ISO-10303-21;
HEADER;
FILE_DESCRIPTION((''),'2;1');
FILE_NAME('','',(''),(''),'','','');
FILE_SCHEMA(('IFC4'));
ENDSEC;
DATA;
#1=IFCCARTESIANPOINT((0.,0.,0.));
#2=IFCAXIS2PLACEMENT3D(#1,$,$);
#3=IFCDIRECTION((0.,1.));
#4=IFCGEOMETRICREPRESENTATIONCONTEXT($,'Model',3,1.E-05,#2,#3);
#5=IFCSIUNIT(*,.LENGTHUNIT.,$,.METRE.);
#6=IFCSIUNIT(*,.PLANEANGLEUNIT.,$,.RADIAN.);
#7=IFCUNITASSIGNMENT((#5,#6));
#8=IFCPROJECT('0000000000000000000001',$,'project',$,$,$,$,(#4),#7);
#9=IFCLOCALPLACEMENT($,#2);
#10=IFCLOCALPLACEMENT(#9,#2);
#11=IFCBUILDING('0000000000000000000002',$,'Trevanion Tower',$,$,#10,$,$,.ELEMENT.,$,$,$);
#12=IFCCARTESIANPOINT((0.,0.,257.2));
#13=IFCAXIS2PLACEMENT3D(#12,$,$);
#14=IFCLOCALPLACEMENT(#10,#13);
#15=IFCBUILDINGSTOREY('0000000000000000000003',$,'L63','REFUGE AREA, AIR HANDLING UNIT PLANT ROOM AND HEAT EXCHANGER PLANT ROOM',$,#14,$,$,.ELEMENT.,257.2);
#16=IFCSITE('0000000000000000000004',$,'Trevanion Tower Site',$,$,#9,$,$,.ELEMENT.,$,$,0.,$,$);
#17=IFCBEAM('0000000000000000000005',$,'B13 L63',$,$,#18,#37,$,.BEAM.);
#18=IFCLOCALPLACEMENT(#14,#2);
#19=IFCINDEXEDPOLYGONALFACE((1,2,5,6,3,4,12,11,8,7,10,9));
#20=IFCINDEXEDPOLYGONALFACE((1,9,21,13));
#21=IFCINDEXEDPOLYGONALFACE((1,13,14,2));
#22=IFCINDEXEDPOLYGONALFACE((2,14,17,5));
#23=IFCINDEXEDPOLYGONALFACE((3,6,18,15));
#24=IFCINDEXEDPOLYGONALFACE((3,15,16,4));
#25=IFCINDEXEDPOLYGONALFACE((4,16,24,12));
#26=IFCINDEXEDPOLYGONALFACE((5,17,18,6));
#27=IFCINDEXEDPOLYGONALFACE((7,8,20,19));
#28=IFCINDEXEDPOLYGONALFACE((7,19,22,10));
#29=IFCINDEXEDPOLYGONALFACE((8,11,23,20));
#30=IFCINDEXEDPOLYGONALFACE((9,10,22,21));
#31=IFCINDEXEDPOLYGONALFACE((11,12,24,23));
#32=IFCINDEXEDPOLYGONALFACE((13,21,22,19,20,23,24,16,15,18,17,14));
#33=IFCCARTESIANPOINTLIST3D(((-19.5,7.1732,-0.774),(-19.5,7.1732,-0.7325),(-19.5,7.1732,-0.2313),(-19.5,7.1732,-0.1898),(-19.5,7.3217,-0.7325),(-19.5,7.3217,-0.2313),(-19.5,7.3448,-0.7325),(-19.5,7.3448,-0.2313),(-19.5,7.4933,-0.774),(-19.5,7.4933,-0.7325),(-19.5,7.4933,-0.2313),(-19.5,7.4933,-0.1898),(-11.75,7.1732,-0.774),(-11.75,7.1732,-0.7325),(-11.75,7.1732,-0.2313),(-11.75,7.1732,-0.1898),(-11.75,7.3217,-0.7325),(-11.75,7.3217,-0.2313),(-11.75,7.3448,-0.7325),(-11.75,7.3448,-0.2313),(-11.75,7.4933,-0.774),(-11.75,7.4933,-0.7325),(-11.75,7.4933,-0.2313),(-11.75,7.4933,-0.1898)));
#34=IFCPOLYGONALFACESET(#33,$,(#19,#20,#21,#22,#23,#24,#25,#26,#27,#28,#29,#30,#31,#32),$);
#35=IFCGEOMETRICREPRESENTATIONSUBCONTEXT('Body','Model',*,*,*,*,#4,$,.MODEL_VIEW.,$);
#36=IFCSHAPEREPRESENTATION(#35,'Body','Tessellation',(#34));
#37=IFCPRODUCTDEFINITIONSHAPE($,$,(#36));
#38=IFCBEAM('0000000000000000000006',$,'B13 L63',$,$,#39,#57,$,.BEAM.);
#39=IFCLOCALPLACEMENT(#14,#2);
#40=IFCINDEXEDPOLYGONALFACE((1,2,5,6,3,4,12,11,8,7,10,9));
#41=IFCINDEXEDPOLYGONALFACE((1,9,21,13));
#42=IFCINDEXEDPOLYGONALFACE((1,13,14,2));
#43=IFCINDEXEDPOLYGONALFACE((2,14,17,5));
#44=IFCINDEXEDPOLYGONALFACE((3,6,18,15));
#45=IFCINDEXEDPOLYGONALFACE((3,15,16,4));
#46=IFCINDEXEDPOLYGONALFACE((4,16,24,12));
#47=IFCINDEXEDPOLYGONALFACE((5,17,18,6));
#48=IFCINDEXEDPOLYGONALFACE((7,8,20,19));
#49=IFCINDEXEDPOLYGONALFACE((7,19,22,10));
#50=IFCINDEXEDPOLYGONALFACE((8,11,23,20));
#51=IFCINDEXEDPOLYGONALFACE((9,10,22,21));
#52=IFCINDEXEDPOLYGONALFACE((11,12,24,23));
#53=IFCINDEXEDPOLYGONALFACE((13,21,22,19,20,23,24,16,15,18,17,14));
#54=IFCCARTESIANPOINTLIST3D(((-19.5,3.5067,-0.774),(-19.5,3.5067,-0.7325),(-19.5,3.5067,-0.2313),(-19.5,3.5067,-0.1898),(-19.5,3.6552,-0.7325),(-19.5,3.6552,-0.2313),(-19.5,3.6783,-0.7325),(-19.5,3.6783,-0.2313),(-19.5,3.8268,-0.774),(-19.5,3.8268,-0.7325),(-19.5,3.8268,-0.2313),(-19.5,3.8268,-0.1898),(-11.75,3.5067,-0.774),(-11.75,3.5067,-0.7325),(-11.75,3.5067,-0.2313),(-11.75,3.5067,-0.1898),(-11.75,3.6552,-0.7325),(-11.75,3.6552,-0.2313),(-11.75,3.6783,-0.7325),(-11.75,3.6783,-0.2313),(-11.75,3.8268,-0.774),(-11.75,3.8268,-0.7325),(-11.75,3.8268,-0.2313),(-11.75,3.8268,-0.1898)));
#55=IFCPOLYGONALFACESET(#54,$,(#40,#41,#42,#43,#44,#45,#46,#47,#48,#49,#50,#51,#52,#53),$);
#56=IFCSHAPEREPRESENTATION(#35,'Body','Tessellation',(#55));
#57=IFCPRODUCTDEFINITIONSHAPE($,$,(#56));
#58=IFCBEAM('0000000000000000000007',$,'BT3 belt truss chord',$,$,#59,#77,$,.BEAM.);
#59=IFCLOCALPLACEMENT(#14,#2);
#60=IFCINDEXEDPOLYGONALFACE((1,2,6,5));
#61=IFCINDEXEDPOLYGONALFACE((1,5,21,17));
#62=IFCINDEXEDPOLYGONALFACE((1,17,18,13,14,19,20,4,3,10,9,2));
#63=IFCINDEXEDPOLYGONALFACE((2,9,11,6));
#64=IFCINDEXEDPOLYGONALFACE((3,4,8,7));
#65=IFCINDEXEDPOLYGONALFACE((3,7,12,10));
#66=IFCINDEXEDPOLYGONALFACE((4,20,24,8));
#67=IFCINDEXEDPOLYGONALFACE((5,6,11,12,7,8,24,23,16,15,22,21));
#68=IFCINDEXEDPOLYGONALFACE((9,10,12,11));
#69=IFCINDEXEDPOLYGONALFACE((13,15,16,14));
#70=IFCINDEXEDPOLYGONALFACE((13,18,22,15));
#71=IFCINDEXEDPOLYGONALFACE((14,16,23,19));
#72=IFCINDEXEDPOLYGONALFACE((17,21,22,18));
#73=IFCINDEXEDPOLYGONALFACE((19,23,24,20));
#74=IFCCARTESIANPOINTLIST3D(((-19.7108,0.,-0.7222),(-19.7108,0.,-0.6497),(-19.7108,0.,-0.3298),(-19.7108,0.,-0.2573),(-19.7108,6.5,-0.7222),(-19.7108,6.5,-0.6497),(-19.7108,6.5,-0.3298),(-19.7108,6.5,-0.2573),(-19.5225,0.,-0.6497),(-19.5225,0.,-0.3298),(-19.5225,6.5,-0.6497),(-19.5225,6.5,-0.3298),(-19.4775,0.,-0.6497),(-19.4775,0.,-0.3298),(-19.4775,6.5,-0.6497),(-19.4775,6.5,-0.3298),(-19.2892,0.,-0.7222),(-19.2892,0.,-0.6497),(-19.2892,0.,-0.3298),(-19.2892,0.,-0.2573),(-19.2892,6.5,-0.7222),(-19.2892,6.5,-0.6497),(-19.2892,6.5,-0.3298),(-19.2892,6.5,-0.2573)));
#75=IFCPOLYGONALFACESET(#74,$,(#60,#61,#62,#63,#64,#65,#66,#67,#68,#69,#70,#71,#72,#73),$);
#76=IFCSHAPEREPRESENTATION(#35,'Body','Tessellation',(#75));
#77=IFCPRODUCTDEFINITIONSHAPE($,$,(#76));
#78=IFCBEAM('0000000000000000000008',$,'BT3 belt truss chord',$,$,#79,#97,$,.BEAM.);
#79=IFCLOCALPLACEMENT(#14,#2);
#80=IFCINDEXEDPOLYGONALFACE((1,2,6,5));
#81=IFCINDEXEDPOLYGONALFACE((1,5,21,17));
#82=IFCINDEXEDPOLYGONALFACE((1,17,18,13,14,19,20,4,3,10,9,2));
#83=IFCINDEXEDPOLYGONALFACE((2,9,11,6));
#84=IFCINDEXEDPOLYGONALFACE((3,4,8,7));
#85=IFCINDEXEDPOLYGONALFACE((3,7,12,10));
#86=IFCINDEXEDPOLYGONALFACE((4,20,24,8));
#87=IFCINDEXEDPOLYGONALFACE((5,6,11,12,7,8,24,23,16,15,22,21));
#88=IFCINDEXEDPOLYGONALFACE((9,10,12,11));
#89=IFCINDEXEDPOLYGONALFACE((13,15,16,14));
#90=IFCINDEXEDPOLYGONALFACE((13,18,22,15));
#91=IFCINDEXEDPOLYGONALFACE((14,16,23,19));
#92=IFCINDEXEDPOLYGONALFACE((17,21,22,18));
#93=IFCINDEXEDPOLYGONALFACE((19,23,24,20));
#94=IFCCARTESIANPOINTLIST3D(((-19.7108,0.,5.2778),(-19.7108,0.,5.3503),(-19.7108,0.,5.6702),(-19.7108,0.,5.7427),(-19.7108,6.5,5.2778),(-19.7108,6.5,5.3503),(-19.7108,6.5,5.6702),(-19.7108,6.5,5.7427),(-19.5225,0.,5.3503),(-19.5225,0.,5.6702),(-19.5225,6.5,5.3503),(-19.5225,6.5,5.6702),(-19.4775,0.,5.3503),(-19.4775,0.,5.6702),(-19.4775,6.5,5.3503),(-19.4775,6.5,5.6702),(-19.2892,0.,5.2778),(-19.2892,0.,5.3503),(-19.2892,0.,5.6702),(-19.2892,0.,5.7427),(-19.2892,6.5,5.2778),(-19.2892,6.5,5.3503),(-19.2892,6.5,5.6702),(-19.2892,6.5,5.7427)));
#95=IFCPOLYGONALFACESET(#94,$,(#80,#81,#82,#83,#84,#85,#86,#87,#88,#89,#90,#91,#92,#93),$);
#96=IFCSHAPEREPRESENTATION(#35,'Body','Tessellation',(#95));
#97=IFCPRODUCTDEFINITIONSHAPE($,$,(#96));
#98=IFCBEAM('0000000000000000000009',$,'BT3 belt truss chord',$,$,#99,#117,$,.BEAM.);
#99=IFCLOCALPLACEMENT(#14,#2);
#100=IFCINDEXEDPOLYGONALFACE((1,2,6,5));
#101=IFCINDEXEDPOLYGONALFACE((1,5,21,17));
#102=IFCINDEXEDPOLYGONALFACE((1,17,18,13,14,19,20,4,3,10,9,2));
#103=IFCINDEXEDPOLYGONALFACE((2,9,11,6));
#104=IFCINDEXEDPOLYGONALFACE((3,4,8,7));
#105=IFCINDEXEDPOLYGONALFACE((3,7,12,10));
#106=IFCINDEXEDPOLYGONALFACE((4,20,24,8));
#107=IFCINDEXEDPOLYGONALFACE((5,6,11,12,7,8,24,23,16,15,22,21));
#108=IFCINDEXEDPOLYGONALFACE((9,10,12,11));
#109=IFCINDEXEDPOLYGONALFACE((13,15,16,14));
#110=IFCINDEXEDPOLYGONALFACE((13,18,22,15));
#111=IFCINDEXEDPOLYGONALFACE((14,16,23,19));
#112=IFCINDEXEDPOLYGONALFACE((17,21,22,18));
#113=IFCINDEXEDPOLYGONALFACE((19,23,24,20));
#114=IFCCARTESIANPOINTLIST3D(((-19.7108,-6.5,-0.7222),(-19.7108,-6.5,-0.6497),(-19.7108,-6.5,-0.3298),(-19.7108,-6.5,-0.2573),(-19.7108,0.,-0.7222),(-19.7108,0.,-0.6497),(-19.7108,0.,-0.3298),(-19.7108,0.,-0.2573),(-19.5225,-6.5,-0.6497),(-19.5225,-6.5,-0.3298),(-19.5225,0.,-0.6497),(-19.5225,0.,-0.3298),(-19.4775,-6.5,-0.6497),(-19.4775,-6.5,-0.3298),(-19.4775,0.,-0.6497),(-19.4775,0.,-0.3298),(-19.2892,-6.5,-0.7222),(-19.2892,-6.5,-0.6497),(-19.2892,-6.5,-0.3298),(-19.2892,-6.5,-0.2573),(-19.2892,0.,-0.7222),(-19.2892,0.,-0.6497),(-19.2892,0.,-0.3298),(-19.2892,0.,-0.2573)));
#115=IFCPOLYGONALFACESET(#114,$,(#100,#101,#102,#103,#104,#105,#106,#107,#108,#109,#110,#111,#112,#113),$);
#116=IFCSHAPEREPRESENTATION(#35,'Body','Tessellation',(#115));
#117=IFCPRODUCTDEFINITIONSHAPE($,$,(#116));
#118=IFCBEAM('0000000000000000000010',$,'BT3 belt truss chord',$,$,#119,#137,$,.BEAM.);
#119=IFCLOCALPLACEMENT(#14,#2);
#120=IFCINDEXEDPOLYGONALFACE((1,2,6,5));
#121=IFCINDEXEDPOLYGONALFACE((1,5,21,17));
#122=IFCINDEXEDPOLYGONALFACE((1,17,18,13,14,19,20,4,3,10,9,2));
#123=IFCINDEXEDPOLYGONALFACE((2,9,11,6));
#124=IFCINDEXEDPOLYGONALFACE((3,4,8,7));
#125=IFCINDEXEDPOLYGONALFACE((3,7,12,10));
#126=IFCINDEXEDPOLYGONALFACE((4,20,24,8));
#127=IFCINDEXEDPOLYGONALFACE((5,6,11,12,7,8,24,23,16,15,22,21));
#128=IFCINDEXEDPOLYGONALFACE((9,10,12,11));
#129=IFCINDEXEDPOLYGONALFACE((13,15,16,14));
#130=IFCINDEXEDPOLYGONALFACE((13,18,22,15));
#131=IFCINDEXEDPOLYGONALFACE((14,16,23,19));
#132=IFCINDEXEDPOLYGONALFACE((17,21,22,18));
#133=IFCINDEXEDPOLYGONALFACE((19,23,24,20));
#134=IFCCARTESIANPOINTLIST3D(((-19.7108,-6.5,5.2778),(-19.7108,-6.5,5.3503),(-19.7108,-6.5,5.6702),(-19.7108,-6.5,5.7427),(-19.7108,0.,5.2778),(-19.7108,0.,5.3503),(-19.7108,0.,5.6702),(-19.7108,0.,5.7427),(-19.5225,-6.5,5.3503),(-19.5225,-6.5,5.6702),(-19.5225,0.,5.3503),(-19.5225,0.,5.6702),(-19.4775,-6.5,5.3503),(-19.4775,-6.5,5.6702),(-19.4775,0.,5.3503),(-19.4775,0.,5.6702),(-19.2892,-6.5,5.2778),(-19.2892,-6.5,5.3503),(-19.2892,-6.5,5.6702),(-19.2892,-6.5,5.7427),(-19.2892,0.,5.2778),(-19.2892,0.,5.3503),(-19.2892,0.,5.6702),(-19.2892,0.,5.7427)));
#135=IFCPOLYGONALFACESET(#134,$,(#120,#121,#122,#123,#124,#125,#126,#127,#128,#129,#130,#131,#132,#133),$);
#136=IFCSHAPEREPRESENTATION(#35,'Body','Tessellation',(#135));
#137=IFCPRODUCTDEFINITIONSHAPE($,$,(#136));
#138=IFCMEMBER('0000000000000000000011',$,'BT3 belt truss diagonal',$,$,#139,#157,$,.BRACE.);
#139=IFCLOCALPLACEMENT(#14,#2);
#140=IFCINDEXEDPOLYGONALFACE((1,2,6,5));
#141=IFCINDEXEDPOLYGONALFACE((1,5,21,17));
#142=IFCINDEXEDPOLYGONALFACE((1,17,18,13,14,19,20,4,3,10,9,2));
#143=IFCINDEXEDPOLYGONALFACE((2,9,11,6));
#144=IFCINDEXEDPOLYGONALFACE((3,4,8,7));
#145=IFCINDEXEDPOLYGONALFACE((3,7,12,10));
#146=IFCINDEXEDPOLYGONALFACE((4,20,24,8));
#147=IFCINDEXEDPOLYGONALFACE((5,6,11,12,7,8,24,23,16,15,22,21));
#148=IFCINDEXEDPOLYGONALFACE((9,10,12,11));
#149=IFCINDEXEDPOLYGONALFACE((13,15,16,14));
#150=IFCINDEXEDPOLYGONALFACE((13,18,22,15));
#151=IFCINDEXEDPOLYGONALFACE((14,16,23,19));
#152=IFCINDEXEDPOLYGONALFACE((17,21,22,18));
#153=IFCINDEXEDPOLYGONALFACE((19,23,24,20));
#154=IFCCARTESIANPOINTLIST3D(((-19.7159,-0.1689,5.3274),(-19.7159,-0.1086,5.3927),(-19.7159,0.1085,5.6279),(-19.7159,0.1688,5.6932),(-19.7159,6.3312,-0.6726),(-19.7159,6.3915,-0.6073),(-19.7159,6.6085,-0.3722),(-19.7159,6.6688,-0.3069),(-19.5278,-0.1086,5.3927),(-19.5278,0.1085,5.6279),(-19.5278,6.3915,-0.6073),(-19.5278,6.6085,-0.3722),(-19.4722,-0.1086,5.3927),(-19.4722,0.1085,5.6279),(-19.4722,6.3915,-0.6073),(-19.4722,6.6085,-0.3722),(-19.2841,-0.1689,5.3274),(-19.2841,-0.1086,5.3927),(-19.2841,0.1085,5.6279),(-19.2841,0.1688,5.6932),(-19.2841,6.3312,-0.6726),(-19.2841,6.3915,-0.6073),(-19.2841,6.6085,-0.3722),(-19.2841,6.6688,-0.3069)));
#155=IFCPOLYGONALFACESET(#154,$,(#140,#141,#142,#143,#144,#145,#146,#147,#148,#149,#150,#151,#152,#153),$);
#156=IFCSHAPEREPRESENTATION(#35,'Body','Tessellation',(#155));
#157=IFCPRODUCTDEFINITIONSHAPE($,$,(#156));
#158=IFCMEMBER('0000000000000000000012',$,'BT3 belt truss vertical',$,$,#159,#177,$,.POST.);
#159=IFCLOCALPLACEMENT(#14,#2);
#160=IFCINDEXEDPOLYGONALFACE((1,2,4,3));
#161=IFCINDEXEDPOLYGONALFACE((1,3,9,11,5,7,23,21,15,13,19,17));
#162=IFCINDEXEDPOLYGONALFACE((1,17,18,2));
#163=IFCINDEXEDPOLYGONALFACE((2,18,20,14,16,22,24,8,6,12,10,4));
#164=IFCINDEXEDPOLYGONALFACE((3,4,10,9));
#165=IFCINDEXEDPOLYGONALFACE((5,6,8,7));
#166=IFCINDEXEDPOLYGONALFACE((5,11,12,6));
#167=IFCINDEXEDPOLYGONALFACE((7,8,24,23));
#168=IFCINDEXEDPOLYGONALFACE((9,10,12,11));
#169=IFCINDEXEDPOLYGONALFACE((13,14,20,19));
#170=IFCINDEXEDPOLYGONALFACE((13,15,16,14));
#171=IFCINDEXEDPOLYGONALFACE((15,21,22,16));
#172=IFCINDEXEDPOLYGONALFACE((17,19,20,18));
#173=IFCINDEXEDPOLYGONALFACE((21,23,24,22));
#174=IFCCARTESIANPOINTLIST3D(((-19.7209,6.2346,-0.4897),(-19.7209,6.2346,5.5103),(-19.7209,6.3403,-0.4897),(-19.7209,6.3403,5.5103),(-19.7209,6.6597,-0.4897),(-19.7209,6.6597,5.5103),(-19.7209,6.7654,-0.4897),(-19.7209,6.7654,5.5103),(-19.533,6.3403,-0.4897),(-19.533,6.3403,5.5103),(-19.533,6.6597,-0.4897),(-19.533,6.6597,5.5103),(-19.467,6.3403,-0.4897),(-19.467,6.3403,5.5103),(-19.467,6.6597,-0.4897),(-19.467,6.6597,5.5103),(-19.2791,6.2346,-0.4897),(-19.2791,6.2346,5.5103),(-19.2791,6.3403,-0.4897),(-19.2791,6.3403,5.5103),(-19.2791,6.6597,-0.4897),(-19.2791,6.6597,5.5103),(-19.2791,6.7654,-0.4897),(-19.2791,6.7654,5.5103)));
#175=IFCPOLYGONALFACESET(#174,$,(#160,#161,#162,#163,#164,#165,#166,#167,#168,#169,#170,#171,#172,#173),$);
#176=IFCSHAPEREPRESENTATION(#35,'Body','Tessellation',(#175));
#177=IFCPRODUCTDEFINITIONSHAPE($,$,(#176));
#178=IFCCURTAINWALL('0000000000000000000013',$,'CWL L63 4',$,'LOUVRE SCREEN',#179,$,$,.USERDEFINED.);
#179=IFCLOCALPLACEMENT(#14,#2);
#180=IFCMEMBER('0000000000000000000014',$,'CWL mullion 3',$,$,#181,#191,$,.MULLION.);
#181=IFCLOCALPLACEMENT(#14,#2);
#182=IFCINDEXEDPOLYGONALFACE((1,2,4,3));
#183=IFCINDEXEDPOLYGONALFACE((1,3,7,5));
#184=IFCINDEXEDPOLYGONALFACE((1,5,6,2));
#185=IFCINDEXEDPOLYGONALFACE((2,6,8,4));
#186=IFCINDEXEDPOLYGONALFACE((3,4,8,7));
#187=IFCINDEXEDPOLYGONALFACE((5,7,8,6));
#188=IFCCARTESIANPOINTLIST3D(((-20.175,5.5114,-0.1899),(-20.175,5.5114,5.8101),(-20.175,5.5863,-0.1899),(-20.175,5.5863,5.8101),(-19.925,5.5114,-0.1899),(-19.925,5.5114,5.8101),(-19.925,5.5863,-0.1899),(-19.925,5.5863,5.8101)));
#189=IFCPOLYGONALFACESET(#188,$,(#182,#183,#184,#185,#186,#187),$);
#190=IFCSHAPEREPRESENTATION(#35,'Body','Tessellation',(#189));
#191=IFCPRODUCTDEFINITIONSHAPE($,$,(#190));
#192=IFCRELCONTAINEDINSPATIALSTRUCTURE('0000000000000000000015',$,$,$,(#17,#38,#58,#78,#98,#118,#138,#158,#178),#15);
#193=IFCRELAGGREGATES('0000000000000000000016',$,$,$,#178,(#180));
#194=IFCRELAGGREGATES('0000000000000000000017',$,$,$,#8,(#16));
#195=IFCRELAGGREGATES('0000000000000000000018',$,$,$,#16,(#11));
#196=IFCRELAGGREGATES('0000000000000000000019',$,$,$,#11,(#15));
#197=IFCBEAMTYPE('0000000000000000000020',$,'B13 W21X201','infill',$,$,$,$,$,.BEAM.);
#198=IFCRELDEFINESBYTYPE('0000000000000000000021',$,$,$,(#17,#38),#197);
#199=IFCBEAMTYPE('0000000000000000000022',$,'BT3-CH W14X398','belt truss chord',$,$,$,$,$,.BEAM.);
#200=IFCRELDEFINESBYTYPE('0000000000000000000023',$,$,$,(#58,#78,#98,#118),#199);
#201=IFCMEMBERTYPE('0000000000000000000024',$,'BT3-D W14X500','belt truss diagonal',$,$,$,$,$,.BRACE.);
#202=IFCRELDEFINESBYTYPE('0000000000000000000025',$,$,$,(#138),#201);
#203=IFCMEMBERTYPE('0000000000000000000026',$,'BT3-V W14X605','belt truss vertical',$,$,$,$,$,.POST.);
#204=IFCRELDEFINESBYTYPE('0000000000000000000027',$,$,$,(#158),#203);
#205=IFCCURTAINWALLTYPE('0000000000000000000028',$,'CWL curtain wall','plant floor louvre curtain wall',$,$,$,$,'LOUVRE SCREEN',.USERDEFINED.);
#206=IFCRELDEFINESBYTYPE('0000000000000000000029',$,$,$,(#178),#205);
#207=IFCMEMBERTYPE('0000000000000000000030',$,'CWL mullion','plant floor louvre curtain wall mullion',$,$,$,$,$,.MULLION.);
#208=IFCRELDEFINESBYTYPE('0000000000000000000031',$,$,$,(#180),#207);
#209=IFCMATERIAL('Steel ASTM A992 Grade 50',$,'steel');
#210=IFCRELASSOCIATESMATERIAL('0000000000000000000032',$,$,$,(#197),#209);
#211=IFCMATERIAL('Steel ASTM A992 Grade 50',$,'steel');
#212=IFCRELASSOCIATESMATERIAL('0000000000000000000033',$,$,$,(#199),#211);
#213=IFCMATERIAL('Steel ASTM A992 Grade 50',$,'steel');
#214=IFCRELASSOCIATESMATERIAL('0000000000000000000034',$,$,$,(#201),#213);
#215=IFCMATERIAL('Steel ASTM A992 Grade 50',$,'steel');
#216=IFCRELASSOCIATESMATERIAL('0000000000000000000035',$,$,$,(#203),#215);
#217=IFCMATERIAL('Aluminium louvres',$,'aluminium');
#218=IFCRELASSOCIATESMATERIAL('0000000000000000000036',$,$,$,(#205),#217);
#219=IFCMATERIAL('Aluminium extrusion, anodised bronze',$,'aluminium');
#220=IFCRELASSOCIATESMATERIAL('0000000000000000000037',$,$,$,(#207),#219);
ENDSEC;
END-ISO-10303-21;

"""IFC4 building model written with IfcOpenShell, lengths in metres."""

from ifc_helpers import new_model, si_unit, direction, frame, origin, origin_2d, place, context, subcontext, project, spatial, rectangle, i_section, extrude, material, material_profile, profile_set, type_object, element, aggregate, save


model = new_model("IFC4")

# Units and contexts
model_context = context("Model", 3, precision=1e-05, world=origin(), true_north=direction((0.0, 1.0)))
body_context = subcontext(model_context, "Body", "Model", "MODEL_VIEW")
ifc_project = project(units=[si_unit("LENGTHUNIT", "METRE"), si_unit("PLANEANGLEUNIT", "RADIAN")], contexts=[model_context])

# Site, building, storey
site_placement = place(None, origin())
site = spatial("IfcSite", under=ifc_project, at=site_placement, Name="Trevanion Tower Site", CompositionType="ELEMENT", RefElevation=0.0)
building_placement = place(site_placement, origin())
building = spatial("IfcBuilding", under=site, at=building_placement, Name="Trevanion Tower", CompositionType="ELEMENT")
storey_placement = place(building_placement, frame((0.0, 0.0, 257.2)))
storey = spatial("IfcBuildingStorey", under=building, at=storey_placement, Name="L63", Description="REFUGE AREA, AIR HANDLING UNIT PLANT ROOM AND HEAT EXCHANGER PLANT ROOM", CompositionType="ELEMENT", Elevation=257.2)

# Beams
ifc_material_1 = material(Name="Steel ASTM A992 Grade 50", Category="steel")
ifc_material_profile_1 = material_profile(ifc_material_1, i_section(OverallWidth=0.3201, OverallDepth=0.5842, WebThickness=0.0232, FlangeThickness=0.0415, at=origin_2d()), Name="W21X201")
ifc_profile_set_1 = profile_set([ifc_material_profile_1], Name="Steel ASTM A992 Grade 50")
beam_type_1 = type_object("IfcBeamType", Name="B13 W21X201", Description="infill", PredefinedType="BEAM", material=ifc_profile_set_1)
for number, where, z_axis, x_axis, name in (
    (1, (-11.75, 7.3333, -0.4819), (-1.0, 0.0, 0.0), (0.0, -1.0, 0.0), "B13 L63"),
    (2, (-11.75, 3.6667, -0.4819), (-1.0, 0.0, 0.0), (0.0, -1.0, 0.0), "B13 L63"),
):
    element("IfcBeam", number, at=place(storey_placement, frame(where, z_axis=z_axis, x_axis=x_axis)), inside=storey, type_object=beam_type_1, Name=name, PredefinedType="BEAM", context=body_context, shape_type="SweptSolid", body=[
        extrude(i_section(OverallWidth=0.3201, OverallDepth=0.5842, WebThickness=0.0232, FlangeThickness=0.0415, at=origin_2d()), origin(), (0.0, 0.0, 1.0), 7.75),
    ])
ifc_material_2 = material(Name="Steel ASTM A992 Grade 50", Category="steel")
ifc_material_profile_2 = material_profile(ifc_material_2, i_section(OverallWidth=0.4216, OverallDepth=0.4648, WebThickness=0.0449, FlangeThickness=0.0725, at=origin_2d()), Name="W14X398")
ifc_profile_set_2 = profile_set([ifc_material_profile_2], Name="Steel ASTM A992 Grade 50")
beam_type_2 = type_object("IfcBeamType", Name="BT3-CH W14X398", Description="belt truss chord", PredefinedType="BEAM", material=ifc_profile_set_2)
for number, where, z_axis, x_axis, name in (
    (3, (-19.5, 6.5, -0.4897), (0.0, -1.0, 0.0), (1.0, 0.0, 0.0), "BT3 belt truss chord"),
    (4, (-19.5, 6.5, 5.5103), (0.0, -1.0, 0.0), (1.0, 0.0, 0.0), "BT3 belt truss chord"),
    (5, (-19.5, 0.0, -0.4897), (0.0, -1.0, 0.0), (1.0, 0.0, 0.0), "BT3 belt truss chord"),
    (6, (-19.5, 0.0, 5.5103), (0.0, -1.0, 0.0), (1.0, 0.0, 0.0), "BT3 belt truss chord"),
):
    element("IfcBeam", number, at=place(storey_placement, frame(where, z_axis=z_axis, x_axis=x_axis)), inside=storey, type_object=beam_type_2, Name=name, PredefinedType="BEAM", context=body_context, shape_type="SweptSolid", body=[
        extrude(i_section(OverallWidth=0.4216, OverallDepth=0.4648, WebThickness=0.0449, FlangeThickness=0.0725, at=origin_2d()), origin(), (0.0, 0.0, 1.0), 6.5),
    ])

# Members
ifc_material_3 = material(Name="Steel ASTM A992 Grade 50", Category="steel")
ifc_material_profile_3 = material_profile(ifc_material_3, i_section(OverallWidth=0.4319, OverallDepth=0.4978, WebThickness=0.0557, FlangeThickness=0.0889, at=origin_2d()), Name="W14X500")
ifc_profile_set_3 = profile_set([ifc_material_profile_3], Name="Steel ASTM A992 Grade 50")
member_type_1 = type_object("IfcMemberType", Name="BT3-D W14X500", Description="belt truss diagonal", PredefinedType="BRACE", material=ifc_profile_set_3)
member_1_placement = place(storey_placement, frame((-19.5, 6.5, -0.4897), z_axis=(0.0, -0.734803, 0.67828), x_axis=(1.0, 0.0, 0.0)))
element("IfcMember", 7, at=member_1_placement, inside=storey, type_object=member_type_1, Name="BT3 belt truss diagonal", PredefinedType="BRACE", context=body_context, shape_type="SweptSolid", body=[
    extrude(i_section(OverallWidth=0.4319, OverallDepth=0.4978, WebThickness=0.0557, FlangeThickness=0.0889, at=origin_2d()), origin(), (0.0, 0.0, 1.0), 8.8459),
])
ifc_material_4 = material(Name="Steel ASTM A992 Grade 50", Category="steel")
ifc_material_profile_4 = material_profile(ifc_material_4, i_section(OverallWidth=0.4419, OverallDepth=0.5308, WebThickness=0.0659, FlangeThickness=0.1057, at=origin_2d()), Name="W14X605")
ifc_profile_set_4 = profile_set([ifc_material_profile_4], Name="Steel ASTM A992 Grade 50")
member_type_2 = type_object("IfcMemberType", Name="BT3-V W14X605", Description="belt truss vertical", PredefinedType="POST", material=ifc_profile_set_4)
member_2_placement = place(storey_placement, frame((-19.5, 6.5, -0.4897), z_axis=(0.0, 0.0, 1.0), x_axis=(1.0, 0.0, 0.0)))
element("IfcMember", 8, at=member_2_placement, inside=storey, type_object=member_type_2, Name="BT3 belt truss vertical", PredefinedType="POST", context=body_context, shape_type="SweptSolid", body=[
    extrude(i_section(OverallWidth=0.4419, OverallDepth=0.5308, WebThickness=0.0659, FlangeThickness=0.1057, at=origin_2d()), origin(), (0.0, 0.0, 1.0), 6.0),
])

# Curtain wall, member
ifc_material_5 = material(Name="Aluminium louvres", Category="aluminium")
curtain_wall_type = type_object("IfcCurtainWallType", Name="CWL curtain wall", Description="plant floor louvre curtain wall", ElementType="LOUVRE SCREEN", PredefinedType="USERDEFINED", material=ifc_material_5)
curtain_wall_placement = place(storey_placement, origin())
curtain_wall = element("IfcCurtainWall", 9, at=curtain_wall_placement, inside=storey, type_object=curtain_wall_type, Name="CWL L63 4", ObjectType="LOUVRE SCREEN", PredefinedType="USERDEFINED")
ifc_material_6 = material(Name="Aluminium extrusion, anodised bronze", Category="aluminium")
ifc_material_profile_5 = material_profile(ifc_material_6, rectangle(XDim=0.075, YDim=0.25, at=origin_2d()), Name="CWL mullion")
ifc_profile_set_5 = profile_set([ifc_material_profile_5], Name="Aluminium extrusion, anodised bronze")
member_type_3 = type_object("IfcMemberType", Name="CWL mullion", Description="plant floor louvre curtain wall mullion", PredefinedType="MULLION", material=ifc_profile_set_5)
member_3_placement = place(storey_placement, frame((-20.05, 5.5488, -0.1899), z_axis=(0.0, 0.0, 1.0), x_axis=(0.0, -1.0, 0.0)))
member_3 = element("IfcMember", 10, at=member_3_placement, type_object=member_type_3, Name="CWL mullion 3", PredefinedType="MULLION", context=body_context, shape_type="SweptSolid", body=[
    extrude(rectangle(XDim=0.075, YDim=0.25, at=origin_2d()), origin(), (0.0, 0.0, 1.0), 6.0),
])

aggregate(curtain_wall, [member_3])

save(model, "model.ifc")
